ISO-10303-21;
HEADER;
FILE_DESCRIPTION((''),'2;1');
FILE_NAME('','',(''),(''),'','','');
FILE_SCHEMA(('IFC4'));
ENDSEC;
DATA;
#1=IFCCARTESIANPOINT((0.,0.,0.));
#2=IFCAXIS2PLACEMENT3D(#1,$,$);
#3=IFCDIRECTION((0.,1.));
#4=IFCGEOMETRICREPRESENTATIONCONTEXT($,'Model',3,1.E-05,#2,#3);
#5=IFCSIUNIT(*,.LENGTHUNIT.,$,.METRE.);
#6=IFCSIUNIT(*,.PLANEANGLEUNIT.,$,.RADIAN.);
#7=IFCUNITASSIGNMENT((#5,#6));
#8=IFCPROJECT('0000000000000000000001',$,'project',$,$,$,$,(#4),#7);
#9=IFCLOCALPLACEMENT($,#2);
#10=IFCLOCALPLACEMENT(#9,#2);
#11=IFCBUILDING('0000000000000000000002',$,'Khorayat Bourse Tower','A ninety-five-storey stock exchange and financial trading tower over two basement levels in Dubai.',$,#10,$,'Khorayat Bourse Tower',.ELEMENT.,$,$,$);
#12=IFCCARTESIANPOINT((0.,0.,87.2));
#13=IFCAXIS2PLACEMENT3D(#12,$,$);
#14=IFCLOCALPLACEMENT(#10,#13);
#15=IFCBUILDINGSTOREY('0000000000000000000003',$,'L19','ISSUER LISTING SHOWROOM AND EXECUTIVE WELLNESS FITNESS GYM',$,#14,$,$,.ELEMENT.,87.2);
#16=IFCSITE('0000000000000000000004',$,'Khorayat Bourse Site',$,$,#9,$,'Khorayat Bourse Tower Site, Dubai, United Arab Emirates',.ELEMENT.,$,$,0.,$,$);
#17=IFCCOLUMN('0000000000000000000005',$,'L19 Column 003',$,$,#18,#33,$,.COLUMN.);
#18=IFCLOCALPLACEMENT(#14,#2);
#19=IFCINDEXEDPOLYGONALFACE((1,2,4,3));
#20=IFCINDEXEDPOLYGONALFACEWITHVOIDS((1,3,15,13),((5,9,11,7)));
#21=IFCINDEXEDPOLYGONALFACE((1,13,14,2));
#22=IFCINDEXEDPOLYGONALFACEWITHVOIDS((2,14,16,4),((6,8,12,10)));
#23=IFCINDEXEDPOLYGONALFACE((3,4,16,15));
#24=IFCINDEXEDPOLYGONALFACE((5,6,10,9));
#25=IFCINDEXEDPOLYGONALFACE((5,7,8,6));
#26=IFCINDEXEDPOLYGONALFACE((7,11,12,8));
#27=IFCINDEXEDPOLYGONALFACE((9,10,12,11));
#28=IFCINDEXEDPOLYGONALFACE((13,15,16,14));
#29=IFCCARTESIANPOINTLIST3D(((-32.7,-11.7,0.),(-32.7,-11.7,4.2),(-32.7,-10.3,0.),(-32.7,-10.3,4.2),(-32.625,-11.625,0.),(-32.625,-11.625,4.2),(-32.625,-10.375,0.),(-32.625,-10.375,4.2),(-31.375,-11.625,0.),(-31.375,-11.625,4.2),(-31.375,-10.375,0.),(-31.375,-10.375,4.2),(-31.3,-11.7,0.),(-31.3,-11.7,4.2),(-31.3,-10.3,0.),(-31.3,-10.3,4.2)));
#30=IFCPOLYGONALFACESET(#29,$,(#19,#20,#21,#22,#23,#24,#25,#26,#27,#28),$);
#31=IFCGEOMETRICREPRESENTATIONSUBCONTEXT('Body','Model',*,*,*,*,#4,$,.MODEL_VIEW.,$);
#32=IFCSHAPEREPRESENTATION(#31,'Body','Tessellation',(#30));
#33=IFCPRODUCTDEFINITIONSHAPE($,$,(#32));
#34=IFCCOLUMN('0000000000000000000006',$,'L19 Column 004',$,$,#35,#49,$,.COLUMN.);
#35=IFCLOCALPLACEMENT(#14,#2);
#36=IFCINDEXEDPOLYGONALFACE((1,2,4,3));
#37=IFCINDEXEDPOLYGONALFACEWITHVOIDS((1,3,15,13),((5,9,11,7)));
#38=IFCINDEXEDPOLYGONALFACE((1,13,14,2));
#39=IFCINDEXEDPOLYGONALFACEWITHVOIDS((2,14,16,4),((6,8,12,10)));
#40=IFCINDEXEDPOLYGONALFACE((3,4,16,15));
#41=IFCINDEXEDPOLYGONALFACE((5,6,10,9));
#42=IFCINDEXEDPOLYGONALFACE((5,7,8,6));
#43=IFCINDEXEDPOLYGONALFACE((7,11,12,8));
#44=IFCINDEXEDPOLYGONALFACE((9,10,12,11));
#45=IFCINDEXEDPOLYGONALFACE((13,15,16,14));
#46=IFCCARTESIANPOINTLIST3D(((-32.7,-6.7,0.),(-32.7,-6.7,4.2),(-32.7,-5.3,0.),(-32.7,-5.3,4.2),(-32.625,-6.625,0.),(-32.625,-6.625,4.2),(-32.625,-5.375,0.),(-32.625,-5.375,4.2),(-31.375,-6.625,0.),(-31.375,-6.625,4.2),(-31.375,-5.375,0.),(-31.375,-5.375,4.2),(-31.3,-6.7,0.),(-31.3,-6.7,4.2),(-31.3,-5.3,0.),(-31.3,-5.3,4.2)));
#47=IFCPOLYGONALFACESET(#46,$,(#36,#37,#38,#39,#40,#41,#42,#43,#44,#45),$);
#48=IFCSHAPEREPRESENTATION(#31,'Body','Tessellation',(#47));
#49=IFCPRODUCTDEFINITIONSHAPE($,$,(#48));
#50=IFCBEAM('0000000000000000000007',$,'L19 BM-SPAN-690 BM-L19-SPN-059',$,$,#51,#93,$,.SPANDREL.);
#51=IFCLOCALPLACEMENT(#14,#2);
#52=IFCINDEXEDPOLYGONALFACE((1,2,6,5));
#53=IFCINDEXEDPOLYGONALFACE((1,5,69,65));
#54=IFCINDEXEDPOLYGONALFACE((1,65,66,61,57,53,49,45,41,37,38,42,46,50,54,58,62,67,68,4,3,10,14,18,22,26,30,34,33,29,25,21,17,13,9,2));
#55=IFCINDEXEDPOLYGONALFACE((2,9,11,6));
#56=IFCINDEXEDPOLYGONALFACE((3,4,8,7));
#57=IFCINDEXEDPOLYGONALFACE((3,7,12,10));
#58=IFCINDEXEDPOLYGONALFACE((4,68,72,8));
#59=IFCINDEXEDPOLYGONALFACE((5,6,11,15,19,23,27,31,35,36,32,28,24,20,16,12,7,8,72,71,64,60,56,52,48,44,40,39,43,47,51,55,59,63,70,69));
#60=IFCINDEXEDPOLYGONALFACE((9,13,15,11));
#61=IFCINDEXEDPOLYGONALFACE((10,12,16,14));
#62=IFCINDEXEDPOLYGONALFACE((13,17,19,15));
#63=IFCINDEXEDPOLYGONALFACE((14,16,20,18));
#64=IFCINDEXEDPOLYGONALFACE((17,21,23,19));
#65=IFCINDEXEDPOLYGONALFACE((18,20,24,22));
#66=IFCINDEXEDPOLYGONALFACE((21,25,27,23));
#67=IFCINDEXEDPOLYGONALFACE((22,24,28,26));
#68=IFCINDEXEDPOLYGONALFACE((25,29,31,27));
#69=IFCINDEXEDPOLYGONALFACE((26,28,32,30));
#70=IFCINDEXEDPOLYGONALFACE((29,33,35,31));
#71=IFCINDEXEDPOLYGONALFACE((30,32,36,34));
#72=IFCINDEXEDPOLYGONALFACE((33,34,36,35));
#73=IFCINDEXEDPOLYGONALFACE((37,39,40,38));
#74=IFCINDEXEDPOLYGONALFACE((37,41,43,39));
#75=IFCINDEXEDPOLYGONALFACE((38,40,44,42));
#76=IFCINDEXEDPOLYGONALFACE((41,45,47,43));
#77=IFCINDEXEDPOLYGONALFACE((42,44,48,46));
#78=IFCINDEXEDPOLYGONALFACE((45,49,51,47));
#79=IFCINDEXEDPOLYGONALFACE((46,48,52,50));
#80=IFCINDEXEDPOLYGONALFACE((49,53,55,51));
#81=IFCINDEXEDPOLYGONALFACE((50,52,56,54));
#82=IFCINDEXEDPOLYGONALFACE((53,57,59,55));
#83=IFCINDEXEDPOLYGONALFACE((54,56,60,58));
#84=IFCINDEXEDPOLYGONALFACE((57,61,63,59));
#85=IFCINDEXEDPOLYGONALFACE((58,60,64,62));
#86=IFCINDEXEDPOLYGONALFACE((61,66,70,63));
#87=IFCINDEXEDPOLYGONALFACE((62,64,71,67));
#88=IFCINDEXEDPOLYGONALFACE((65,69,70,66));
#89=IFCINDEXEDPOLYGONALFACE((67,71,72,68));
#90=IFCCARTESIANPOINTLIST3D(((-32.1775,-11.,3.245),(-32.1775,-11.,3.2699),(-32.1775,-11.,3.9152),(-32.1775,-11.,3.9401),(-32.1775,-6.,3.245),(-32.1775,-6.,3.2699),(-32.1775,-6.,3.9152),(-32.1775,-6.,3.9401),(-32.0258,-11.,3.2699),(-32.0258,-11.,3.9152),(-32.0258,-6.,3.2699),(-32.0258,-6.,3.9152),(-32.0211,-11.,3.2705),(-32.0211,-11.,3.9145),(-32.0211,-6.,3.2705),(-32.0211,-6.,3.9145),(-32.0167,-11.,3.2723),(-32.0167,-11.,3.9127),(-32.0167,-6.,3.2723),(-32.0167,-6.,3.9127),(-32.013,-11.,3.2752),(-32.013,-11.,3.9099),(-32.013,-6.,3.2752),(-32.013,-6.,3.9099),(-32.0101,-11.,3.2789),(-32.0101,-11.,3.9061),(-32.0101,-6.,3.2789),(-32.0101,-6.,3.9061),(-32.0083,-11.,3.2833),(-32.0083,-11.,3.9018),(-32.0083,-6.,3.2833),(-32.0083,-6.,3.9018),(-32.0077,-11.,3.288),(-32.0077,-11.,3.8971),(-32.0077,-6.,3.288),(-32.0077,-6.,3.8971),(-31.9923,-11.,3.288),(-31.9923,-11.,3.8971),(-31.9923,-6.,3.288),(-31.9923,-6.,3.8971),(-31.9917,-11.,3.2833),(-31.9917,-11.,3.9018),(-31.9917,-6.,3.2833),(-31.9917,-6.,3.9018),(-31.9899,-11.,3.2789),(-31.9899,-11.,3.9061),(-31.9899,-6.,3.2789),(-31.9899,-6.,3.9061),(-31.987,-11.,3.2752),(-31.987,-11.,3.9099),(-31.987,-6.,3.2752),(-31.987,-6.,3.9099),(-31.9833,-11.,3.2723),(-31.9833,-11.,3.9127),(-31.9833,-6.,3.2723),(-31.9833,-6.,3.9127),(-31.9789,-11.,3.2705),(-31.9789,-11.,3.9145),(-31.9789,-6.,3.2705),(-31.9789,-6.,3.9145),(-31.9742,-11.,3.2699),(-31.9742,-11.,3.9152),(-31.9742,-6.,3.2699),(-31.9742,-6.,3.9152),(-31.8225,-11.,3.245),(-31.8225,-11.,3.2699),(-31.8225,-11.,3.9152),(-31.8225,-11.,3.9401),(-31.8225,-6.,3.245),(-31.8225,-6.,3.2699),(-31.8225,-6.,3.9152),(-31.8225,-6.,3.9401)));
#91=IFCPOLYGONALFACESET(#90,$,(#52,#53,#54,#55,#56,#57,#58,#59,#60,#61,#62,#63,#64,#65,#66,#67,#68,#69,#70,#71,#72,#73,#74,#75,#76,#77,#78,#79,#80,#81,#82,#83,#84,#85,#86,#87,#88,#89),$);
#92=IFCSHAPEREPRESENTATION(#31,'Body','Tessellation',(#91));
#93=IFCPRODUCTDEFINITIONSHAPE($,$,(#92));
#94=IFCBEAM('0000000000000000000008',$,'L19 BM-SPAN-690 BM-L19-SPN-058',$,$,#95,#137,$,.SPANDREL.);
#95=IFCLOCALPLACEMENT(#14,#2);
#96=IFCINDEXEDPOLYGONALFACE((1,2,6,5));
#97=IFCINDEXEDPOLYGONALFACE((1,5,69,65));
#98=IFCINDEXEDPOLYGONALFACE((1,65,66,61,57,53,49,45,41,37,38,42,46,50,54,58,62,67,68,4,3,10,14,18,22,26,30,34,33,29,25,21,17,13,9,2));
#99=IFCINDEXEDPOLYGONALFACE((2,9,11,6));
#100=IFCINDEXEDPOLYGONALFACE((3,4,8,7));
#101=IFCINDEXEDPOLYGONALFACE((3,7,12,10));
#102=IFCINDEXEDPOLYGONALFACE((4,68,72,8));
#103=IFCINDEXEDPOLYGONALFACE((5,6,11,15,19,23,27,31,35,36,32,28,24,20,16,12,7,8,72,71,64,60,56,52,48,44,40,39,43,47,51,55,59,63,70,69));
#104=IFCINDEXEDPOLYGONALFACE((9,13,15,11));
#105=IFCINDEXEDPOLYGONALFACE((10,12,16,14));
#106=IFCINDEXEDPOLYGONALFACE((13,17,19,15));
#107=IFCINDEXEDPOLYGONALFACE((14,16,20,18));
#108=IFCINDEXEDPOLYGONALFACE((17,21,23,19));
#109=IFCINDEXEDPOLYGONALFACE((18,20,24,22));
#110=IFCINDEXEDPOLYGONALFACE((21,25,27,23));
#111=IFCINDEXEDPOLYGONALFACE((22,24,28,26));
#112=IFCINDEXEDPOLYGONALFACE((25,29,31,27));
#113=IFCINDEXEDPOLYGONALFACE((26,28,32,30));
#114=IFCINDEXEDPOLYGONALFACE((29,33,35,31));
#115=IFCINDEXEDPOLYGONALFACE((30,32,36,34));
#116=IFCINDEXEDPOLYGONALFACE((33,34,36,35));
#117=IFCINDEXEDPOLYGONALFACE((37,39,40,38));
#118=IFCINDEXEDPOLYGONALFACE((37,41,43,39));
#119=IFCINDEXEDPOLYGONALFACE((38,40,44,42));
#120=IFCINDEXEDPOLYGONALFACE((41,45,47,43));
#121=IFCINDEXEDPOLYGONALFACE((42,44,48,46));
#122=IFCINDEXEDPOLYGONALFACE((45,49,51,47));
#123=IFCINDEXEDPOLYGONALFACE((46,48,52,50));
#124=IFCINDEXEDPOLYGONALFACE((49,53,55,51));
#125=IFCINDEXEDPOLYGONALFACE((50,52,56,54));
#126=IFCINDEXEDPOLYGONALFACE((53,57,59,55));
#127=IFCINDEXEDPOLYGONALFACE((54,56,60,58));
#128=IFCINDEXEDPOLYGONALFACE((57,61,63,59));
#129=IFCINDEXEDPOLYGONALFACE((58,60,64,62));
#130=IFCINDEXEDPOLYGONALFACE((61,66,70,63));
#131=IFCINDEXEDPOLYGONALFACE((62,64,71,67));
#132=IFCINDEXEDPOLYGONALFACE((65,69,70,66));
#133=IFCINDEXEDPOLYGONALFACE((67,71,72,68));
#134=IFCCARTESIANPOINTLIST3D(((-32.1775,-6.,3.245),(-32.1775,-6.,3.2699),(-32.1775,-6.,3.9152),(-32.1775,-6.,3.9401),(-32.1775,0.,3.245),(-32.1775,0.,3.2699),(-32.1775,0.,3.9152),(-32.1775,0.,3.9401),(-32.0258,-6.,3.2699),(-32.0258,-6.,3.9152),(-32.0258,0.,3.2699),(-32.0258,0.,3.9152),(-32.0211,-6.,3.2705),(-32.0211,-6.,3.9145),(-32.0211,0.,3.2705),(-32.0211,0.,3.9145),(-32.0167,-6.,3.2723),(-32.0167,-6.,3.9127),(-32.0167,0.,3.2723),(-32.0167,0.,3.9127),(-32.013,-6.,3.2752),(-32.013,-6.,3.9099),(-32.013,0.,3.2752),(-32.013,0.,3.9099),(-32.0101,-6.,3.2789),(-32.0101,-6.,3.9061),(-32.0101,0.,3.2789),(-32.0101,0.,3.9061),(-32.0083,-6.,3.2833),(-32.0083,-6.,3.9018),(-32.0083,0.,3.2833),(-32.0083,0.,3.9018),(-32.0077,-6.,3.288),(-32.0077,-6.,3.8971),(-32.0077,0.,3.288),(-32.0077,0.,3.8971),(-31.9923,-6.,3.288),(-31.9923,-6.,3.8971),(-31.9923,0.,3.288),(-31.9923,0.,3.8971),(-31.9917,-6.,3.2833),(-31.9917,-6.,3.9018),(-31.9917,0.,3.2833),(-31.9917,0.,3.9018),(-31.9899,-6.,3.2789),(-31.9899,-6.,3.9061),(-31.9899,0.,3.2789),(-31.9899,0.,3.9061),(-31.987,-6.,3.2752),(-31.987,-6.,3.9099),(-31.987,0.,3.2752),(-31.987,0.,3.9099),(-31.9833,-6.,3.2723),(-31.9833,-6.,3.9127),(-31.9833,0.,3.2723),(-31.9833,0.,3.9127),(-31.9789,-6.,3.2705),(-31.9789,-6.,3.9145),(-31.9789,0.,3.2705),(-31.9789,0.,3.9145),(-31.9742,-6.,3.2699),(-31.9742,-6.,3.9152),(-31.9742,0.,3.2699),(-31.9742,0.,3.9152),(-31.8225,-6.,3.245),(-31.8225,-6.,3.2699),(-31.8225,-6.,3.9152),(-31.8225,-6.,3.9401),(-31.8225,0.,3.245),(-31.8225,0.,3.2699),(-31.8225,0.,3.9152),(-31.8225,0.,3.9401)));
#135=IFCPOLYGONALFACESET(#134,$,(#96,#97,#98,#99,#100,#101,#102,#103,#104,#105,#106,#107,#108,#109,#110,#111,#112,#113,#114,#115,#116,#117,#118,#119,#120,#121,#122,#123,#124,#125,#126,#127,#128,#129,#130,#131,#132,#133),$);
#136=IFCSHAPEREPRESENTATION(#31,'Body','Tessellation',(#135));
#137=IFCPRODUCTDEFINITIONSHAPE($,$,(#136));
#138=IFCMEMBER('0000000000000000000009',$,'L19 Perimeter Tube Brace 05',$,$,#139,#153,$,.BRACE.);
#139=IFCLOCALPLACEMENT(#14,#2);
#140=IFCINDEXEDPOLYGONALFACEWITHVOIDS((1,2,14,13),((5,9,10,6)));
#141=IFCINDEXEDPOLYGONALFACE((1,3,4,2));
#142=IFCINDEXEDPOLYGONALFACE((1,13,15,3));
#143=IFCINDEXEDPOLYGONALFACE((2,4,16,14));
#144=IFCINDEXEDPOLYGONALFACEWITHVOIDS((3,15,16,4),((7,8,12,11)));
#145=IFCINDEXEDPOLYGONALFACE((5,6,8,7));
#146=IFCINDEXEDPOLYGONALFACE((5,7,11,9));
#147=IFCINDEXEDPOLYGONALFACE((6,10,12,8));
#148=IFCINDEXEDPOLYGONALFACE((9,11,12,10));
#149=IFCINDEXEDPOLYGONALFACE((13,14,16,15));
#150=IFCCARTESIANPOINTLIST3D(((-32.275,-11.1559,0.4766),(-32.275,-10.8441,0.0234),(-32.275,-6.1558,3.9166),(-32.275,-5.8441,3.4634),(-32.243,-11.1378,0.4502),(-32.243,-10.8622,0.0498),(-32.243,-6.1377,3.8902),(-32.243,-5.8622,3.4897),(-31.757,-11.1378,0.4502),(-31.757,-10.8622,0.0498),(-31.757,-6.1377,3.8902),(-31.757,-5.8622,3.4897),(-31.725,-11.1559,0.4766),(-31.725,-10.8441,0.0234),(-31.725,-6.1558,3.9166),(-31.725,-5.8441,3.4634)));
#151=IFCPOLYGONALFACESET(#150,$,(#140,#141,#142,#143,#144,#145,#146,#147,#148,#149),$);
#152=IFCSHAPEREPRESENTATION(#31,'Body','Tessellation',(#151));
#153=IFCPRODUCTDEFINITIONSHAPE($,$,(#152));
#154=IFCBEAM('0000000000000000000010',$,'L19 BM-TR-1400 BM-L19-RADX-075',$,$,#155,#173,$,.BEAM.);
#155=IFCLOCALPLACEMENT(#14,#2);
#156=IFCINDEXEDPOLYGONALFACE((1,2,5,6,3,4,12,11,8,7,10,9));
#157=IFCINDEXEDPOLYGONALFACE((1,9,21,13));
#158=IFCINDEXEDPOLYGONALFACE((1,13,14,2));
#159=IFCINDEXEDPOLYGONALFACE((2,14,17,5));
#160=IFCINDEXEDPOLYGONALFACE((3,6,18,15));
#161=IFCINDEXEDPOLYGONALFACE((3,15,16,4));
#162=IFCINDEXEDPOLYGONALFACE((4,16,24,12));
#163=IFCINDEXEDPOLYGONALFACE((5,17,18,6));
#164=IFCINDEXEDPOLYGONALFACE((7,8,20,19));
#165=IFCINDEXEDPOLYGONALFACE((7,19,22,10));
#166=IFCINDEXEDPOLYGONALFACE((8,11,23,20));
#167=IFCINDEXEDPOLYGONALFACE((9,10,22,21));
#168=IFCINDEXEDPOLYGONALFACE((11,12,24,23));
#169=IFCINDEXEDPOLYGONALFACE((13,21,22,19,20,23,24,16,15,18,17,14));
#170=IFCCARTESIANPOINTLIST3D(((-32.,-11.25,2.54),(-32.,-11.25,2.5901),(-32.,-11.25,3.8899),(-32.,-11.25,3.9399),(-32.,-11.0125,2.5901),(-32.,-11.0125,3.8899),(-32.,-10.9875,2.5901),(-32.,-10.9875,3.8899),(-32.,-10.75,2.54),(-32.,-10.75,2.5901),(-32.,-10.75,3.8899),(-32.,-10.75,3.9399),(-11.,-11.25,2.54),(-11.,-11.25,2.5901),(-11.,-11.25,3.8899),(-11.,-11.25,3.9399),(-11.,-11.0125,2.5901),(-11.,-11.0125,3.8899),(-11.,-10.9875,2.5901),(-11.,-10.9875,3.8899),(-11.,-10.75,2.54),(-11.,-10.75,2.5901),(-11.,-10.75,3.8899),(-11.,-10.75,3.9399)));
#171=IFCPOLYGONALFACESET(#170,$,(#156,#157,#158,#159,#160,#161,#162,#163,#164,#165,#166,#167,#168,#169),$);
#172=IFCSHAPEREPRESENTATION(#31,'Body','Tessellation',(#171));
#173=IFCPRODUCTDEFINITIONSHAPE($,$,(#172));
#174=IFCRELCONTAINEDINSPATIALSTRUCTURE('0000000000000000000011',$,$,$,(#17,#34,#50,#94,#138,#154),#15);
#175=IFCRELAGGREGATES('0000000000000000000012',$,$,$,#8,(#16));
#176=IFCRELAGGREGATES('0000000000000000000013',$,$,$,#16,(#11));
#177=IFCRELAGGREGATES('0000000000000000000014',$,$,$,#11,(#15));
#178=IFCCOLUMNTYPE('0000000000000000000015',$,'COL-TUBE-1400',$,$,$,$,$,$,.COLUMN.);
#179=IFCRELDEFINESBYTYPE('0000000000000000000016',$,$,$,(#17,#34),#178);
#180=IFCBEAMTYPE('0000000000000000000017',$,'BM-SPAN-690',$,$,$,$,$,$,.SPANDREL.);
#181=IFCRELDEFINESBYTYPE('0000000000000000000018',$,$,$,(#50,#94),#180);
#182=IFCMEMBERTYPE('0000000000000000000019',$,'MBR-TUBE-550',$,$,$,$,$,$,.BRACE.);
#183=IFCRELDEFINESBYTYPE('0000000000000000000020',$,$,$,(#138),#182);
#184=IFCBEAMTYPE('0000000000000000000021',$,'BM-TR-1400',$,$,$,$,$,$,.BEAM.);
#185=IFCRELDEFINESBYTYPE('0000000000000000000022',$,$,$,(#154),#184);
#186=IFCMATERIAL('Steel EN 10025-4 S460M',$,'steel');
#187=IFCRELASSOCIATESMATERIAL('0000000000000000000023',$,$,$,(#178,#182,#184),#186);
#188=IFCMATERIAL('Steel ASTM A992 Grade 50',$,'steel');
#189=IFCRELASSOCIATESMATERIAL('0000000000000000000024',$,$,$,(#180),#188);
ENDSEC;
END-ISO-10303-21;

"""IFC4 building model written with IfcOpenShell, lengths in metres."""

from ifc_helpers import new_model, si_unit, direction, frame, origin, origin_2d, place, context, subcontext, project, spatial, hollow_rectangle, i_section, extrude, source, transform, mapped, material, material_profile, profile_set, type_object, element, save


model = new_model("IFC4")

# Units and contexts
model_context = context("Model", 3, precision=1e-05, world=origin(), true_north=direction((0.0, 1.0)))
body_context = subcontext(model_context, "Body", "Model", "MODEL_VIEW")
ifc_project = project(units=[si_unit("LENGTHUNIT", "METRE"), si_unit("PLANEANGLEUNIT", "RADIAN")], contexts=[model_context])

# Site, building, storey
site_placement = place(None, origin())
site = spatial("IfcSite", under=ifc_project, at=site_placement, Name="Khorayat Bourse Site", LongName="Khorayat Bourse Tower Site, Dubai, United Arab Emirates", CompositionType="ELEMENT", RefElevation=0.0)
building_placement = place(site_placement, origin())
building = spatial("IfcBuilding", under=site, at=building_placement, Name="Khorayat Bourse Tower", Description="A ninety-five-storey stock exchange and financial trading tower over two basement levels in Dubai.", LongName="Khorayat Bourse Tower", CompositionType="ELEMENT")
storey_placement = place(building_placement, frame((0.0, 0.0, 87.2)))
storey = spatial("IfcBuildingStorey", under=building, at=storey_placement, Name="L19", Description="ISSUER LISTING SHOWROOM AND EXECUTIVE WELLNESS FITNESS GYM", CompositionType="ELEMENT", Elevation=87.2)

# Columns
ifc_material_1 = material(Name="Steel EN 10025-4 S460M", Category="steel")
ifc_material_profile_1 = material_profile(ifc_material_1, hollow_rectangle(XDim=1.3999, YDim=1.3999, WallThickness=0.075, at=origin_2d()), Name="BOX 1400x1400x75")
ifc_profile_set_1 = profile_set([ifc_material_profile_1], Name="Steel EN 10025-4 S460M")
column_type = type_object("IfcColumnType", Name="COL-TUBE-1400", PredefinedType="COLUMN", material=ifc_profile_set_1)
shared_shape_1 = source(origin(), body_context, "Body", "SweptSolid", [
    extrude(hollow_rectangle(XDim=1.3999, YDim=1.3999, WallThickness=0.075, at=origin_2d()), origin(), (0.0, 0.0, 1.0), 4.2),
])
for number, where, z_axis, x_axis, name in (
    (1, (-32.0, -11.0, 0.0), (0.0, 0.0, 1.0), (1.0, 0.0, 0.0), "L19 Column 003"),
    (2, (-32.0, -6.0, 0.0), (0.0, 0.0, 1.0), (1.0, 0.0, 0.0), "L19 Column 004"),
):
    element("IfcColumn", number, at=place(storey_placement, frame(where, z_axis=z_axis, x_axis=x_axis)), inside=storey, type_object=column_type, Name=name, PredefinedType="COLUMN", context=body_context, shape_type="MappedRepresentation", body=[
        mapped(shared_shape_1, transform((0.0, 0.0, 0.0), scale=1.0)),
    ])

# Beams
ifc_material_2 = material(Name="Steel ASTM A992 Grade 50", Category="steel")
ifc_material_profile_2 = material_profile(ifc_material_2, i_section(OverallWidth=0.355, OverallDepth=0.6951, WebThickness=0.0154, FlangeThickness=0.0249, FilletRadius=0.0181, at=origin_2d()), Name="W690X217")
ifc_profile_set_2 = profile_set([ifc_material_profile_2], Name="Steel ASTM A992 Grade 50")
beam_type_1 = type_object("IfcBeamType", Name="BM-SPAN-690", PredefinedType="SPANDREL", material=ifc_profile_set_2)
shared_shape_2 = source(origin(), body_context, "Body", "SweptSolid", [
    extrude(i_section(OverallWidth=0.355, OverallDepth=0.6951, WebThickness=0.0154, FlangeThickness=0.0249, FilletRadius=0.0181, at=origin_2d()), origin(), (0.0, 0.0, 1.0), 5.0),
])
beam_1_placement = place(storey_placement, frame((-32.0, -11.0, 3.5925), z_axis=(0.0, 1.0, 0.0), x_axis=(-1.0, 0.0, 0.0)))
element("IfcBeam", 3, at=beam_1_placement, inside=storey, type_object=beam_type_1, Name="L19 BM-SPAN-690 BM-L19-SPN-059", PredefinedType="SPANDREL", context=body_context, shape_type="MappedRepresentation", body=[
    mapped(shared_shape_2, transform((0.0, 0.0, 0.0), scale=1.0)),
])
shared_shape_3 = source(origin(), body_context, "Body", "SweptSolid", [
    extrude(i_section(OverallWidth=0.355, OverallDepth=0.6951, WebThickness=0.0154, FlangeThickness=0.0249, FilletRadius=0.0181, at=origin_2d()), origin(), (0.0, 0.0, 1.0), 6.0),
])
beam_2_placement = place(storey_placement, frame((-32.0, -6.0, 3.5925), z_axis=(0.0, 1.0, 0.0), x_axis=(-1.0, 0.0, 0.0)))
element("IfcBeam", 4, at=beam_2_placement, inside=storey, type_object=beam_type_1, Name="L19 BM-SPAN-690 BM-L19-SPN-058", PredefinedType="SPANDREL", context=body_context, shape_type="MappedRepresentation", body=[
    mapped(shared_shape_3, transform((0.0, 0.0, 0.0), scale=1.0)),
])

# Member
ifc_material_profile_3 = material_profile(ifc_material_1, hollow_rectangle(XDim=0.55, YDim=0.55, WallThickness=0.032, at=origin_2d()), Name="HSS 550x550x32")
ifc_profile_set_3 = profile_set([ifc_material_profile_3], Name="Steel EN 10025-4 S460M")
member_type_1 = type_object("IfcMemberType", Name="MBR-TUBE-550", PredefinedType="BRACE", material=ifc_profile_set_3)
shared_shape_4 = source(origin(), body_context, "Body", "SweptSolid", [
    extrude(hollow_rectangle(XDim=0.55, YDim=0.55, WallThickness=0.032, at=origin_2d()), origin(), (0.0, 0.0, 1.0), 6.0691),
])
member_1_placement = place(storey_placement, frame((-32.0, -11.0, 0.25), z_axis=(0.0, 0.823854, 0.566802), x_axis=(-1.0, 0.0, 0.0)))
element("IfcMember", 5, at=member_1_placement, inside=storey, type_object=member_type_1, Name="L19 Perimeter Tube Brace 05", PredefinedType="BRACE", context=body_context, shape_type="MappedRepresentation", body=[
    mapped(shared_shape_4, transform((0.0, 0.0, 0.0), scale=1.0)),
])

# Beam
ifc_material_profile_4 = material_profile(ifc_material_1, i_section(OverallWidth=0.5, OverallDepth=1.3999, WebThickness=0.0249, FlangeThickness=0.05, at=origin_2d()), Name="PG 1400x500x25x50")
ifc_profile_set_4 = profile_set([ifc_material_profile_4], Name="Steel EN 10025-4 S460M")
beam_type_2 = type_object("IfcBeamType", Name="BM-TR-1400", PredefinedType="BEAM", material=ifc_profile_set_4)
shared_shape_5 = source(origin(), body_context, "Body", "SweptSolid", [
    extrude(i_section(OverallWidth=0.5, OverallDepth=1.3999, WebThickness=0.0249, FlangeThickness=0.05, at=origin_2d()), origin(), (0.0, 0.0, 1.0), 21.0),
])
for number, where, z_axis, x_axis, name in (
    (6, (-32.0, -11.0, 3.24), (1.0, 0.0, 0.0), (0.0, 1.0, 0.0), "L19 BM-TR-1400 BM-L19-RADX-075"),
):
    element("IfcBeam", number, at=place(storey_placement, frame(where, z_axis=z_axis, x_axis=x_axis)), inside=storey, type_object=beam_type_2, Name=name, PredefinedType="BEAM", context=body_context, shape_type="MappedRepresentation", body=[
        mapped(shared_shape_5, transform((0.0, 0.0, 0.0), scale=1.0)),
    ])

save(model, "model.ifc")
